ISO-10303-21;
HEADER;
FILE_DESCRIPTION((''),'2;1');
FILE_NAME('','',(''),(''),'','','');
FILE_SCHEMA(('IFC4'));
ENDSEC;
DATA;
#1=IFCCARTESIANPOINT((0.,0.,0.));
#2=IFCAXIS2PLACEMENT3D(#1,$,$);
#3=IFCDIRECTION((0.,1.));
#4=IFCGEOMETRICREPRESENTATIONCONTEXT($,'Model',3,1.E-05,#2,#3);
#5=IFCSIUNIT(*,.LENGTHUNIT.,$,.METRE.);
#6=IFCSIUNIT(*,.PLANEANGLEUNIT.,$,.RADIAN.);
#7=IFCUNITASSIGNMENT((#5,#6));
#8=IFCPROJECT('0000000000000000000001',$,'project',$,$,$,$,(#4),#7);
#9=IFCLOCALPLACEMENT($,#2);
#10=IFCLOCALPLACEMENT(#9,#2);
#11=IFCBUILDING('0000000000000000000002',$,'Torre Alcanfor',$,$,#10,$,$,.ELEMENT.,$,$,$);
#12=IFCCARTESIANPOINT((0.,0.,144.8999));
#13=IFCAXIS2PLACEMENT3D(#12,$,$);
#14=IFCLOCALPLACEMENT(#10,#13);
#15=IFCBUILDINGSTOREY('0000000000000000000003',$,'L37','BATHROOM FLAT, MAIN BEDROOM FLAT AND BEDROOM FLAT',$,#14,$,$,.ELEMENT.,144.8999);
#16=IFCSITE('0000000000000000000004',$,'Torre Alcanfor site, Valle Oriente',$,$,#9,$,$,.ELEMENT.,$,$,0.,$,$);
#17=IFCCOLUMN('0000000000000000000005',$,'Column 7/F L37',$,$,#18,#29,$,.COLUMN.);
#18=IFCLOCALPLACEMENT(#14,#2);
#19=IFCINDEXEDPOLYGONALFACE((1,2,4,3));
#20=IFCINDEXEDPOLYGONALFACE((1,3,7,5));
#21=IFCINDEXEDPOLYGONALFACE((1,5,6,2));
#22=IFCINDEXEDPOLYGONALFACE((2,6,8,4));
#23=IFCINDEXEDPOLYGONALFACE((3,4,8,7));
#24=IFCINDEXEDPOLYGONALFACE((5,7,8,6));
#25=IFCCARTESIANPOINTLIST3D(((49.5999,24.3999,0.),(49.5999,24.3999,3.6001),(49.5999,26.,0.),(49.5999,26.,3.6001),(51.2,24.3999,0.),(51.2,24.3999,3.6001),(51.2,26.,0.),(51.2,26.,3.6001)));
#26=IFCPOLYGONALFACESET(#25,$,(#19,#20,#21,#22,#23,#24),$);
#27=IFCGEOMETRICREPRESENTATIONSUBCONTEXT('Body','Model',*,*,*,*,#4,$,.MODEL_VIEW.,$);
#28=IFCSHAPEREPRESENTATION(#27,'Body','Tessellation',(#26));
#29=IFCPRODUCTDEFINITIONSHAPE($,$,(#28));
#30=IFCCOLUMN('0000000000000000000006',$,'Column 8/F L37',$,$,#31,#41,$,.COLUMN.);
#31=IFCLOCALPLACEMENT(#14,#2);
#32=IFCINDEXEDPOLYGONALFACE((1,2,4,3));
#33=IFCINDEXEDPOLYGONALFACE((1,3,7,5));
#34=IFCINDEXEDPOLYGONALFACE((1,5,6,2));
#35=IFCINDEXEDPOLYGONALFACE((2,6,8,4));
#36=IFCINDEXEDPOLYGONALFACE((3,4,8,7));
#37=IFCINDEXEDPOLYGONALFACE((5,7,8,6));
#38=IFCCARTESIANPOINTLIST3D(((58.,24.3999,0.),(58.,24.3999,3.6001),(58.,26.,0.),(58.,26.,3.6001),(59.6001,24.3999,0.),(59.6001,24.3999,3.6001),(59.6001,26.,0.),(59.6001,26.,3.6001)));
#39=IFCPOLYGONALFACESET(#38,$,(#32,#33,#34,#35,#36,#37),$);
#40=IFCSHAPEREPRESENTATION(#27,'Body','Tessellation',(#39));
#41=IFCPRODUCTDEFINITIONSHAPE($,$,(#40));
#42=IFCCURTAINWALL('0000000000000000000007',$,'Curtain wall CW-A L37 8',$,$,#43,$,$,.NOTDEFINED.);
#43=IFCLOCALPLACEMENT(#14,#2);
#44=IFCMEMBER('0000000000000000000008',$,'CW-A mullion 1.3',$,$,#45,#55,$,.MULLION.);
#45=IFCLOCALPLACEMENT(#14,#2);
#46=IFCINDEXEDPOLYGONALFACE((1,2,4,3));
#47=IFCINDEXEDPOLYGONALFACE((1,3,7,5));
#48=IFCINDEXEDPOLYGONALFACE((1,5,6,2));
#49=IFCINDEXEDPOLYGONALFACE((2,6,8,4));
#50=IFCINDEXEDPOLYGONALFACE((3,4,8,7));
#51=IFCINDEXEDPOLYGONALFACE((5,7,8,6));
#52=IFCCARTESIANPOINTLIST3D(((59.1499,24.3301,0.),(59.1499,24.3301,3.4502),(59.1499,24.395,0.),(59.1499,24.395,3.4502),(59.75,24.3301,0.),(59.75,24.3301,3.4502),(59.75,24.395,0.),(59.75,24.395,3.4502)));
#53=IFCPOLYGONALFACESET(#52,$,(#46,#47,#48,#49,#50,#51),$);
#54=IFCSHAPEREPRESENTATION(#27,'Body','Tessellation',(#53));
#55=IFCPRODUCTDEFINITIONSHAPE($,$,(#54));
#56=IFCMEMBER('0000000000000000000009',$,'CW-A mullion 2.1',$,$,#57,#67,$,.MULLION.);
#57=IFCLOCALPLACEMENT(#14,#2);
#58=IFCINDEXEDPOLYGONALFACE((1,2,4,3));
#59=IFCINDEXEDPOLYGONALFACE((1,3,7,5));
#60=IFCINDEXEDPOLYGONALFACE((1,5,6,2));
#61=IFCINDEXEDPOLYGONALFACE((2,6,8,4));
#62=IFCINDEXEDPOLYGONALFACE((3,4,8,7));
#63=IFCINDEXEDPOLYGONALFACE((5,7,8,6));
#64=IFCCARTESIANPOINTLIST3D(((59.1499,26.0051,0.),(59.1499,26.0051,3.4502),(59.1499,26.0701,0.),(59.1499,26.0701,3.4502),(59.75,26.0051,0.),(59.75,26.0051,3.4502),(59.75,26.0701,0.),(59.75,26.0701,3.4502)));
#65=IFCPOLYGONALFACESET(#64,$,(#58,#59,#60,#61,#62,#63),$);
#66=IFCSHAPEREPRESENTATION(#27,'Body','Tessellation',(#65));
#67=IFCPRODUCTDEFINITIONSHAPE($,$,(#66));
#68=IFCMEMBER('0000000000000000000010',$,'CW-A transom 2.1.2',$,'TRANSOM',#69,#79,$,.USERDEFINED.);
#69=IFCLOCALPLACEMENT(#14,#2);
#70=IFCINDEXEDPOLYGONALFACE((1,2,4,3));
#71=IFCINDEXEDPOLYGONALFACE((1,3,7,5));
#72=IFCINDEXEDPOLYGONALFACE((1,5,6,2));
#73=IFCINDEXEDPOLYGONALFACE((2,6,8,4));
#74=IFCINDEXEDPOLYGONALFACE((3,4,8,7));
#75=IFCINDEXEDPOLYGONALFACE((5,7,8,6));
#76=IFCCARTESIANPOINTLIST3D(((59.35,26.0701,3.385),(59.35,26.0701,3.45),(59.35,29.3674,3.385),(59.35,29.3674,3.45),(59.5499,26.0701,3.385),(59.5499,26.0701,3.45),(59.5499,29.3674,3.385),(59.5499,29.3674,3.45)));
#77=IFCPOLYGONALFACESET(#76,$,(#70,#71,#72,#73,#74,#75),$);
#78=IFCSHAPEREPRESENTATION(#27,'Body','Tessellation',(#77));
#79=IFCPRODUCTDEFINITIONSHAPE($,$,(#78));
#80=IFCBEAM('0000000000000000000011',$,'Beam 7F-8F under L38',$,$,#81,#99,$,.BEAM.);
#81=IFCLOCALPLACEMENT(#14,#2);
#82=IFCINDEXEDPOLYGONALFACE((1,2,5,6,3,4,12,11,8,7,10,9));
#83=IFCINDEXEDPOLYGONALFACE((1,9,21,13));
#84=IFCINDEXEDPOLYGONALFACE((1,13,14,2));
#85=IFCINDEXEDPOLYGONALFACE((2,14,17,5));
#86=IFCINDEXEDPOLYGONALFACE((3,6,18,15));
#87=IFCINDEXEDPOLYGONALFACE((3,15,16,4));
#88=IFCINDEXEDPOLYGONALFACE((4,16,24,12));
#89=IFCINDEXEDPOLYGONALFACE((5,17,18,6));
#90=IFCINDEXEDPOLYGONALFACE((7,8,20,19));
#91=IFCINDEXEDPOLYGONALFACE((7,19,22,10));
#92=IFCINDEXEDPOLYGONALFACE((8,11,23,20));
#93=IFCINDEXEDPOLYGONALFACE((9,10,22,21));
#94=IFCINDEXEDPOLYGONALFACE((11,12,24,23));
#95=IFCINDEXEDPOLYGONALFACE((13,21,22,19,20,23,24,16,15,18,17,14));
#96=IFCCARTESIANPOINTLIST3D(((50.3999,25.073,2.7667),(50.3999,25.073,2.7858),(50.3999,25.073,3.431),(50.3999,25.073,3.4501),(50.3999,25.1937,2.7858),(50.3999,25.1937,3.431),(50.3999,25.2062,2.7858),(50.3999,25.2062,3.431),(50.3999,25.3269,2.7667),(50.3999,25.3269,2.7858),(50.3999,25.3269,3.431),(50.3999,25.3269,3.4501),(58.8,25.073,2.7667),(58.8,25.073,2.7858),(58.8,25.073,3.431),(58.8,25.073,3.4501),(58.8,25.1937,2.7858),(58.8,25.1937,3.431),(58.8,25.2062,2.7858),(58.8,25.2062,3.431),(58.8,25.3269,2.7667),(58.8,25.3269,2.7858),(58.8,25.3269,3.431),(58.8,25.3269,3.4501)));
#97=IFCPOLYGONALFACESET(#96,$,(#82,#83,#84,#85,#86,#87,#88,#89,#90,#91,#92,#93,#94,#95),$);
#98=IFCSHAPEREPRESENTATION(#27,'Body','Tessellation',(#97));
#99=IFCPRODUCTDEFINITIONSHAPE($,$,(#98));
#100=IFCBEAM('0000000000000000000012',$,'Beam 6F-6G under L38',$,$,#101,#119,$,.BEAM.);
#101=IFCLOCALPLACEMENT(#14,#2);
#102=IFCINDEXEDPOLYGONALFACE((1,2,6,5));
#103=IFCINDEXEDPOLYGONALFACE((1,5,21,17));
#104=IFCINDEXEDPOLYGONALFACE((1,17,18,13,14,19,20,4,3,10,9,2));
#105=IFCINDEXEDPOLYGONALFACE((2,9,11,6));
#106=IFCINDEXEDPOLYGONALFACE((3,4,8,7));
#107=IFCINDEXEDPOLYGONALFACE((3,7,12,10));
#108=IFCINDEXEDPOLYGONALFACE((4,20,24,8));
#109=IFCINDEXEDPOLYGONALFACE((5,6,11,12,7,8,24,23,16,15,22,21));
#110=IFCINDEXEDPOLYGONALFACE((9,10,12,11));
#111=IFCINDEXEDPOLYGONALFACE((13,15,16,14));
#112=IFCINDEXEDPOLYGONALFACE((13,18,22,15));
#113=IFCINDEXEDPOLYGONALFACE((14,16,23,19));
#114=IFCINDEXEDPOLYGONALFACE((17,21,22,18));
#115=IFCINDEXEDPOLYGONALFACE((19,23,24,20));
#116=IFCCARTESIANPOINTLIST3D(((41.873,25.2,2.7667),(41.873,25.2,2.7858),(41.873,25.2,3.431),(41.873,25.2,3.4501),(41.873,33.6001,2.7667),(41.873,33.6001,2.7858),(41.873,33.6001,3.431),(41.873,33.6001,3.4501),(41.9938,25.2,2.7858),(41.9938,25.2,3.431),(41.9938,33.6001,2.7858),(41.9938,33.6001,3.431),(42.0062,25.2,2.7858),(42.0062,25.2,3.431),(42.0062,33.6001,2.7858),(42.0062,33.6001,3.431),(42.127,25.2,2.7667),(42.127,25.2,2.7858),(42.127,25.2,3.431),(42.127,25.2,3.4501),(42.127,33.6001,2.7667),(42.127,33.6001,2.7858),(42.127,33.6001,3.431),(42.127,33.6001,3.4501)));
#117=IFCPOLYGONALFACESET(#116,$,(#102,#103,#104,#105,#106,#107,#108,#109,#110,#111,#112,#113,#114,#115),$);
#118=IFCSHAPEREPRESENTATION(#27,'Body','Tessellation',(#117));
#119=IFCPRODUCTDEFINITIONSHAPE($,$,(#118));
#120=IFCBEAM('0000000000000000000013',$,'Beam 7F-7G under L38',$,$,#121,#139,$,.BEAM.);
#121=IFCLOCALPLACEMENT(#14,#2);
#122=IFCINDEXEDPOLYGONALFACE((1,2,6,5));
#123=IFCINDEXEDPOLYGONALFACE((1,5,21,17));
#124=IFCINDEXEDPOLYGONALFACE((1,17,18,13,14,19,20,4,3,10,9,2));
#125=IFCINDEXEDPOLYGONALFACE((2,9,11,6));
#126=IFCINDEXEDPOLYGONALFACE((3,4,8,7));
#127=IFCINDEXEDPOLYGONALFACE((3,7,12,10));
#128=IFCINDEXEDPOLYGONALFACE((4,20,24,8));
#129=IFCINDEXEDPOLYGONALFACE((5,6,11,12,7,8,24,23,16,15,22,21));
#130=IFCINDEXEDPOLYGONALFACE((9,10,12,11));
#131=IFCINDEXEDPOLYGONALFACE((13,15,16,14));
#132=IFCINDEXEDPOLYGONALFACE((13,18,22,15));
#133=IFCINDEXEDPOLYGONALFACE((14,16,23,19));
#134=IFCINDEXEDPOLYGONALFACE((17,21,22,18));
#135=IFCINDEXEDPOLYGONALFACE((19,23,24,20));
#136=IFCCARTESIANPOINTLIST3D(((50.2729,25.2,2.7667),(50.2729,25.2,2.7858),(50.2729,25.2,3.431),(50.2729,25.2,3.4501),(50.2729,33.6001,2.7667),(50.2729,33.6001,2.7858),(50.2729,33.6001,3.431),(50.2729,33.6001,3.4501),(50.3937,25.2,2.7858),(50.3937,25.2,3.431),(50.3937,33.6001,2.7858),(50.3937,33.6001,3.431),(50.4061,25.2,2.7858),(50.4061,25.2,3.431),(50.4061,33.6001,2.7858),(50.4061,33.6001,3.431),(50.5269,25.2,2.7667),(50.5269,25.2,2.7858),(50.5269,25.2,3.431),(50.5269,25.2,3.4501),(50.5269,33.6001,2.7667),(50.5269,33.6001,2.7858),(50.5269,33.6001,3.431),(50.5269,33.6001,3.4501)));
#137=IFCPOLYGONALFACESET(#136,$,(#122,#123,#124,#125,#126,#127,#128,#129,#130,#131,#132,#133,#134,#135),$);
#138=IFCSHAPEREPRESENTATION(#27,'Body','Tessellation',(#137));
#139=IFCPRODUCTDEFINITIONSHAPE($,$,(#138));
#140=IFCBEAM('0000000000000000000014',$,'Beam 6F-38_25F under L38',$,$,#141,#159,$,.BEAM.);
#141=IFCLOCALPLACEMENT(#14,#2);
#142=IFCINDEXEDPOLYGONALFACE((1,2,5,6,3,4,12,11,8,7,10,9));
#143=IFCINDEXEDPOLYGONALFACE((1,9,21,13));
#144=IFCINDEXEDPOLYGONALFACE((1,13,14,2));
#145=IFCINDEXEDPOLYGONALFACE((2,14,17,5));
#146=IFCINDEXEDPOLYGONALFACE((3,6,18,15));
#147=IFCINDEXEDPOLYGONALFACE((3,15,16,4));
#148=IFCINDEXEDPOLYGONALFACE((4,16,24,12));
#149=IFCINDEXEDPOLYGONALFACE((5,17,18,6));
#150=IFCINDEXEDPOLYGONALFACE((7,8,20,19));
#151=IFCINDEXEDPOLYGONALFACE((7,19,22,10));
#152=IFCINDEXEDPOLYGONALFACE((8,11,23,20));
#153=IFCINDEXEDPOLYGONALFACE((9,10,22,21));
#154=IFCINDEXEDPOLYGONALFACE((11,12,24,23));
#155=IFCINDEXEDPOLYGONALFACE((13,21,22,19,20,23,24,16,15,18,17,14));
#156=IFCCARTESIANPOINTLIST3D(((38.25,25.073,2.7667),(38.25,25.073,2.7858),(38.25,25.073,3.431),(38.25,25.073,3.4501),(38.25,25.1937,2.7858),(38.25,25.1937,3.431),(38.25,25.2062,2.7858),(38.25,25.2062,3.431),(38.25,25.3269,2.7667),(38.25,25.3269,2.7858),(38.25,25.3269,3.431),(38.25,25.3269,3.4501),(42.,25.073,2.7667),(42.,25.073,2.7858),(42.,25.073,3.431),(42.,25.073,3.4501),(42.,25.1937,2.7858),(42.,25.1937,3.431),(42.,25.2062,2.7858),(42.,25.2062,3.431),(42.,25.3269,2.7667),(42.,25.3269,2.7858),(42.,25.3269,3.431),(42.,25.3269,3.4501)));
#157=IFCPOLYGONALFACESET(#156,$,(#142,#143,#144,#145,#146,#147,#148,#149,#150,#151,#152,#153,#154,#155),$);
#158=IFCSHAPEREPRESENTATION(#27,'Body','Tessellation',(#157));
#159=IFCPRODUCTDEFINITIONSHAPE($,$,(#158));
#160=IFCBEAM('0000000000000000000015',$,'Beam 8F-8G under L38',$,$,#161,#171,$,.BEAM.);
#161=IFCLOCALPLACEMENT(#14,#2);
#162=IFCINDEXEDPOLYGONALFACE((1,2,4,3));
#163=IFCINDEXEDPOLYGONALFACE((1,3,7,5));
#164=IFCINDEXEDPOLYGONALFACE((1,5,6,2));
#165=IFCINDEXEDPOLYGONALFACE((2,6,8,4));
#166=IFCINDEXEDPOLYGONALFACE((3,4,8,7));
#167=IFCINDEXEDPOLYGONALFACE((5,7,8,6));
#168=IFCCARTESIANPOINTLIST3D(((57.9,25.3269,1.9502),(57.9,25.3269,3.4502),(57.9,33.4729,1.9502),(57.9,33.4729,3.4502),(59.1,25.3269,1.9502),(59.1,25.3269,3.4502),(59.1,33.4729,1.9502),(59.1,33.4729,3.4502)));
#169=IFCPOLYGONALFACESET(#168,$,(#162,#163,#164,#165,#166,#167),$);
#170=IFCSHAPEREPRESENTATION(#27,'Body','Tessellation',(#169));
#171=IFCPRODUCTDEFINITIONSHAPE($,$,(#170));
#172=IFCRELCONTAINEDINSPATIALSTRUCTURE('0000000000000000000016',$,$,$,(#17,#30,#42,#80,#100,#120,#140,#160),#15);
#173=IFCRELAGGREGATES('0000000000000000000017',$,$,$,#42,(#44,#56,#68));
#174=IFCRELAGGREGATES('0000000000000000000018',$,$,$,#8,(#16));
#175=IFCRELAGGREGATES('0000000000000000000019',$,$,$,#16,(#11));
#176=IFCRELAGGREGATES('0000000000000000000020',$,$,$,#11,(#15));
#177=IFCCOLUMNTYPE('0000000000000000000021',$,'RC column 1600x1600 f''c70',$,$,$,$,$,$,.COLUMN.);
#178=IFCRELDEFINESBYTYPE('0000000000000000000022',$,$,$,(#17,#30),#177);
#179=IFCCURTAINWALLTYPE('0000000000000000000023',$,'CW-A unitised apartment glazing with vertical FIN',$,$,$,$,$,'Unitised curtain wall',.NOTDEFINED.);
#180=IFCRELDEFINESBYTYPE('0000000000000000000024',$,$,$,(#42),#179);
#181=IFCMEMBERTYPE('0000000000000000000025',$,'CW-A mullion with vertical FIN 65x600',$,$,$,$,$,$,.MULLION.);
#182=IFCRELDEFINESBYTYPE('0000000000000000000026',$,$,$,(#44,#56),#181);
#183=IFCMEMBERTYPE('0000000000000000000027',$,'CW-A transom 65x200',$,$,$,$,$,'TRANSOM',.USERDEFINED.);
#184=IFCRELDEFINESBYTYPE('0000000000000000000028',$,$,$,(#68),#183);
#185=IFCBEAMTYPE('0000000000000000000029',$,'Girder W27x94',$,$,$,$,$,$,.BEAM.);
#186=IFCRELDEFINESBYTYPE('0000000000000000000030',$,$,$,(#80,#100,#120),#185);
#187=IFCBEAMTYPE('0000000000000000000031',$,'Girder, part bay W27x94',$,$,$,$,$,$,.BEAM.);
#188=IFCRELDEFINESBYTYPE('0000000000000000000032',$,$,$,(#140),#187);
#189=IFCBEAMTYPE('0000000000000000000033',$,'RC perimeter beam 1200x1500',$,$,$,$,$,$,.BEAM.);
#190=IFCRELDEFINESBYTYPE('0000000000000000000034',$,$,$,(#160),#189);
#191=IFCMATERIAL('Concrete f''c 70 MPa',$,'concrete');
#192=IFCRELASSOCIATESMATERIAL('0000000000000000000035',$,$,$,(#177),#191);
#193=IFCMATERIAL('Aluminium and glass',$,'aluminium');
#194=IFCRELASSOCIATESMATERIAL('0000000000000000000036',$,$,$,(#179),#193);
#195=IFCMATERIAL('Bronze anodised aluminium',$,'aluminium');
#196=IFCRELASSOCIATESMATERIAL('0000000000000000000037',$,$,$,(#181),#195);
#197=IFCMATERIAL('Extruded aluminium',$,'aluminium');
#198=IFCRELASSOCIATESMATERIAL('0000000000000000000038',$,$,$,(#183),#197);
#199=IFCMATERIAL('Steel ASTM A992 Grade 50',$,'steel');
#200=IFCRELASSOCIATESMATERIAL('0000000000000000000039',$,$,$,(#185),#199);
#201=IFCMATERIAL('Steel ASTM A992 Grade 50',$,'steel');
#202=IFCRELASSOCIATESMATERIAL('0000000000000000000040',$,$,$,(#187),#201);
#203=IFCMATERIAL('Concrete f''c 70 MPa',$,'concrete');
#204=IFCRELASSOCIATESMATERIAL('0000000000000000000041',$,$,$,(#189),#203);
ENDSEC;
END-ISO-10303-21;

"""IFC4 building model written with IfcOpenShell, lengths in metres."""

from ifc_helpers import new_model, si_unit, direction, frame, origin, origin_2d, place, context, subcontext, project, spatial, rectangle, i_section, extrude, material, material_profile, profile_set, type_object, element, aggregate, save


model = new_model("IFC4")

# Units and contexts
model_context = context("Model", 3, precision=1e-05, world=origin(), true_north=direction((0.0, 1.0)))
body_context = subcontext(model_context, "Body", "Model", "MODEL_VIEW")
ifc_project = project(units=[si_unit("LENGTHUNIT", "METRE"), si_unit("PLANEANGLEUNIT", "RADIAN")], contexts=[model_context])

# Site, building, storey
site_placement = place(None, origin())
site = spatial("IfcSite", under=ifc_project, at=site_placement, Name="Torre Alcanfor site, Valle Oriente", CompositionType="ELEMENT", RefElevation=0.0)
building_placement = place(site_placement, origin())
building = spatial("IfcBuilding", under=site, at=building_placement, Name="Torre Alcanfor", CompositionType="ELEMENT")
storey_placement = place(building_placement, frame((0.0, 0.0, 144.8999)))
storey = spatial("IfcBuildingStorey", under=building, at=storey_placement, Name="L37", Description="BATHROOM FLAT, MAIN BEDROOM FLAT AND BEDROOM FLAT", CompositionType="ELEMENT", Elevation=144.8999)

# Columns
ifc_material_1 = material(Name="Concrete f'c 70 MPa", Category="concrete")
ifc_material_profile_1 = material_profile(ifc_material_1, rectangle(XDim=1.6001, YDim=1.6001, at=origin_2d()), Name="1600x1600")
ifc_profile_set_1 = profile_set([ifc_material_profile_1], Name="Concrete f'c 70 MPa")
column_type = type_object("IfcColumnType", Name="RC column 1600x1600 f'c70", PredefinedType="COLUMN", material=ifc_profile_set_1)
for number, where, z_axis, x_axis, name in (
    (1, (50.3999, 25.2, 0.0), (0.0, 0.0, 1.0), (1.0, 0.0, 0.0), "Column 7/F L37"),
    (2, (58.8, 25.2, 0.0), (0.0, 0.0, 1.0), (1.0, 0.0, 0.0), "Column 8/F L37"),
):
    element("IfcColumn", number, at=place(storey_placement, frame(where, z_axis=z_axis, x_axis=x_axis)), inside=storey, type_object=column_type, Name=name, PredefinedType="COLUMN", context=body_context, shape_type="SweptSolid", body=[
        extrude(rectangle(XDim=1.6001, YDim=1.6001, at=origin_2d()), origin(), (0.0, 0.0, 1.0), 3.6001),
    ])

# Curtain wall, members
ifc_material_2 = material(Name="Aluminium and glass", Category="aluminium")
curtain_wall_type = type_object("IfcCurtainWallType", Name="CW-A unitised apartment glazing with vertical FIN", ElementType="Unitised curtain wall", PredefinedType="NOTDEFINED", material=ifc_material_2)
curtain_wall_placement = place(storey_placement, origin())
curtain_wall = element("IfcCurtainWall", 3, at=curtain_wall_placement, inside=storey, type_object=curtain_wall_type, Name="Curtain wall CW-A L37 8", PredefinedType="NOTDEFINED")
ifc_material_3 = material(Name="Bronze anodised aluminium", Category="aluminium")
ifc_material_profile_2 = material_profile(ifc_material_3, rectangle(XDim=0.6001, YDim=0.0649, at=origin_2d()), Name="CW-A mullion 65x600")
ifc_profile_set_2 = profile_set([ifc_material_profile_2], Name="Bronze anodised aluminium")
member_type_1 = type_object("IfcMemberType", Name="CW-A mullion with vertical FIN 65x600", PredefinedType="MULLION", material=ifc_profile_set_2)
member_1_placement = place(storey_placement, frame((59.45, 24.3625, 0.0), z_axis=(0.0, 0.0, 1.0), x_axis=(-1.0, 0.0, 0.0)))
member_1 = element("IfcMember", 4, at=member_1_placement, type_object=member_type_1, Name="CW-A mullion 1.3", PredefinedType="MULLION", context=body_context, shape_type="SweptSolid", body=[
    extrude(rectangle(XDim=0.6001, YDim=0.0649, at=origin_2d()), origin(), (0.0, 0.0, 1.0), 3.4502),
])
member_2_placement = place(storey_placement, frame((59.45, 26.0376, 0.0), z_axis=(0.0, 0.0, 1.0), x_axis=(-1.0, 0.0, 0.0)))
member_2 = element("IfcMember", 5, at=member_2_placement, type_object=member_type_1, Name="CW-A mullion 2.1", PredefinedType="MULLION", context=body_context, shape_type="SweptSolid", body=[
    extrude(rectangle(XDim=0.6001, YDim=0.0649, at=origin_2d()), origin(), (0.0, 0.0, 1.0), 3.4502),
])
ifc_material_4 = material(Name="Extruded aluminium", Category="aluminium")
ifc_material_profile_3 = material_profile(ifc_material_4, rectangle(XDim=0.2, YDim=0.0649, at=origin_2d()), Name="CW-A transom 200x65")
ifc_profile_set_3 = profile_set([ifc_material_profile_3], Name="Extruded aluminium")
member_type_2 = type_object("IfcMemberType", Name="CW-A transom 65x200", ElementType="TRANSOM", PredefinedType="USERDEFINED", material=ifc_profile_set_3)
member_3_placement = place(storey_placement, frame((59.45, 26.0701, 3.4175), z_axis=(0.0, 1.0, 0.0), x_axis=(-1.0, 0.0, 0.0)))
member_3 = element("IfcMember", 6, at=member_3_placement, type_object=member_type_2, Name="CW-A transom 2.1.2", ObjectType="TRANSOM", PredefinedType="USERDEFINED", context=body_context, shape_type="SweptSolid", body=[
    extrude(rectangle(XDim=0.2, YDim=0.0649, at=origin_2d()), origin(), (0.0, 0.0, 1.0), 3.2974),
])

# Beams
ifc_material_5 = material(Name="Steel ASTM A992 Grade 50", Category="steel")
ifc_material_profile_4 = material_profile(ifc_material_5, i_section(OverallWidth=0.2539, OverallDepth=0.6833, WebThickness=0.0125, FlangeThickness=0.019, at=origin_2d()), Name="W27x94")
ifc_profile_set_4 = profile_set([ifc_material_profile_4], Name="Steel ASTM A992 Grade 50")
beam_type_1 = type_object("IfcBeamType", Name="Girder W27x94", PredefinedType="BEAM", material=ifc_profile_set_4)
for number, where, z_axis, x_axis, name in (
    (7, (50.3999, 25.2, 3.1084), (1.0, 0.0, 0.0), (0.0, 1.0, 0.0), "Beam 7F-8F under L38"),
    (8, (42.0, 25.2, 3.1084), (0.0, 1.0, 0.0), (-1.0, 0.0, 0.0), "Beam 6F-6G under L38"),
    (9, (50.3999, 25.2, 3.1084), (0.0, 1.0, 0.0), (-1.0, 0.0, 0.0), "Beam 7F-7G under L38"),
):
    element("IfcBeam", number, at=place(storey_placement, frame(where, z_axis=z_axis, x_axis=x_axis)), inside=storey, type_object=beam_type_1, Name=name, PredefinedType="BEAM", context=body_context, shape_type="SweptSolid", body=[
        extrude(i_section(OverallWidth=0.2539, OverallDepth=0.6833, WebThickness=0.0125, FlangeThickness=0.019, at=origin_2d()), origin(), (0.0, 0.0, 1.0), 8.4001),
    ])
ifc_material_6 = material(Name="Steel ASTM A992 Grade 50", Category="steel")
ifc_material_profile_5 = material_profile(ifc_material_6, i_section(OverallWidth=0.2539, OverallDepth=0.6833, WebThickness=0.0125, FlangeThickness=0.019, at=origin_2d()), Name="W27x94")
ifc_profile_set_5 = profile_set([ifc_material_profile_5], Name="Steel ASTM A992 Grade 50")
beam_type_2 = type_object("IfcBeamType", Name="Girder, part bay W27x94", PredefinedType="BEAM", material=ifc_profile_set_5)
beam_1_placement = place(storey_placement, frame((42.0, 25.2, 3.1084), z_axis=(-1.0, 0.0, 0.0), x_axis=(0.0, -1.0, 0.0)))
element("IfcBeam", 10, at=beam_1_placement, inside=storey, type_object=beam_type_2, Name="Beam 6F-38_25F under L38", PredefinedType="BEAM", context=body_context, shape_type="SweptSolid", body=[
    extrude(i_section(OverallWidth=0.2539, OverallDepth=0.6833, WebThickness=0.0125, FlangeThickness=0.019, at=origin_2d()), origin(), (0.0, 0.0, 1.0), 3.75),
])
ifc_material_7 = material(Name="Concrete f'c 70 MPa", Category="concrete")
ifc_material_profile_6 = material_profile(ifc_material_7, rectangle(XDim=1.2, YDim=1.5, at=origin_2d()), Name="1200x1500")
ifc_profile_set_6 = profile_set([ifc_material_profile_6], Name="Concrete f'c 70 MPa")
beam_type_3 = type_object("IfcBeamType", Name="RC perimeter beam 1200x1500", PredefinedType="BEAM", material=ifc_profile_set_6)
beam_2_placement = place(storey_placement, frame((58.5, 25.3269, 2.7002), z_axis=(0.0, 1.0, 0.0), x_axis=(-1.0, 0.0, 0.0)))
element("IfcBeam", 11, at=beam_2_placement, inside=storey, type_object=beam_type_3, Name="Beam 8F-8G under L38", PredefinedType="BEAM", context=body_context, shape_type="SweptSolid", body=[
    extrude(rectangle(XDim=1.2, YDim=1.5, at=origin_2d()), origin(), (0.0, 0.0, 1.0), 8.146),
])

aggregate(curtain_wall, [member_1, member_2, member_3])

save(model, "model.ifc")
